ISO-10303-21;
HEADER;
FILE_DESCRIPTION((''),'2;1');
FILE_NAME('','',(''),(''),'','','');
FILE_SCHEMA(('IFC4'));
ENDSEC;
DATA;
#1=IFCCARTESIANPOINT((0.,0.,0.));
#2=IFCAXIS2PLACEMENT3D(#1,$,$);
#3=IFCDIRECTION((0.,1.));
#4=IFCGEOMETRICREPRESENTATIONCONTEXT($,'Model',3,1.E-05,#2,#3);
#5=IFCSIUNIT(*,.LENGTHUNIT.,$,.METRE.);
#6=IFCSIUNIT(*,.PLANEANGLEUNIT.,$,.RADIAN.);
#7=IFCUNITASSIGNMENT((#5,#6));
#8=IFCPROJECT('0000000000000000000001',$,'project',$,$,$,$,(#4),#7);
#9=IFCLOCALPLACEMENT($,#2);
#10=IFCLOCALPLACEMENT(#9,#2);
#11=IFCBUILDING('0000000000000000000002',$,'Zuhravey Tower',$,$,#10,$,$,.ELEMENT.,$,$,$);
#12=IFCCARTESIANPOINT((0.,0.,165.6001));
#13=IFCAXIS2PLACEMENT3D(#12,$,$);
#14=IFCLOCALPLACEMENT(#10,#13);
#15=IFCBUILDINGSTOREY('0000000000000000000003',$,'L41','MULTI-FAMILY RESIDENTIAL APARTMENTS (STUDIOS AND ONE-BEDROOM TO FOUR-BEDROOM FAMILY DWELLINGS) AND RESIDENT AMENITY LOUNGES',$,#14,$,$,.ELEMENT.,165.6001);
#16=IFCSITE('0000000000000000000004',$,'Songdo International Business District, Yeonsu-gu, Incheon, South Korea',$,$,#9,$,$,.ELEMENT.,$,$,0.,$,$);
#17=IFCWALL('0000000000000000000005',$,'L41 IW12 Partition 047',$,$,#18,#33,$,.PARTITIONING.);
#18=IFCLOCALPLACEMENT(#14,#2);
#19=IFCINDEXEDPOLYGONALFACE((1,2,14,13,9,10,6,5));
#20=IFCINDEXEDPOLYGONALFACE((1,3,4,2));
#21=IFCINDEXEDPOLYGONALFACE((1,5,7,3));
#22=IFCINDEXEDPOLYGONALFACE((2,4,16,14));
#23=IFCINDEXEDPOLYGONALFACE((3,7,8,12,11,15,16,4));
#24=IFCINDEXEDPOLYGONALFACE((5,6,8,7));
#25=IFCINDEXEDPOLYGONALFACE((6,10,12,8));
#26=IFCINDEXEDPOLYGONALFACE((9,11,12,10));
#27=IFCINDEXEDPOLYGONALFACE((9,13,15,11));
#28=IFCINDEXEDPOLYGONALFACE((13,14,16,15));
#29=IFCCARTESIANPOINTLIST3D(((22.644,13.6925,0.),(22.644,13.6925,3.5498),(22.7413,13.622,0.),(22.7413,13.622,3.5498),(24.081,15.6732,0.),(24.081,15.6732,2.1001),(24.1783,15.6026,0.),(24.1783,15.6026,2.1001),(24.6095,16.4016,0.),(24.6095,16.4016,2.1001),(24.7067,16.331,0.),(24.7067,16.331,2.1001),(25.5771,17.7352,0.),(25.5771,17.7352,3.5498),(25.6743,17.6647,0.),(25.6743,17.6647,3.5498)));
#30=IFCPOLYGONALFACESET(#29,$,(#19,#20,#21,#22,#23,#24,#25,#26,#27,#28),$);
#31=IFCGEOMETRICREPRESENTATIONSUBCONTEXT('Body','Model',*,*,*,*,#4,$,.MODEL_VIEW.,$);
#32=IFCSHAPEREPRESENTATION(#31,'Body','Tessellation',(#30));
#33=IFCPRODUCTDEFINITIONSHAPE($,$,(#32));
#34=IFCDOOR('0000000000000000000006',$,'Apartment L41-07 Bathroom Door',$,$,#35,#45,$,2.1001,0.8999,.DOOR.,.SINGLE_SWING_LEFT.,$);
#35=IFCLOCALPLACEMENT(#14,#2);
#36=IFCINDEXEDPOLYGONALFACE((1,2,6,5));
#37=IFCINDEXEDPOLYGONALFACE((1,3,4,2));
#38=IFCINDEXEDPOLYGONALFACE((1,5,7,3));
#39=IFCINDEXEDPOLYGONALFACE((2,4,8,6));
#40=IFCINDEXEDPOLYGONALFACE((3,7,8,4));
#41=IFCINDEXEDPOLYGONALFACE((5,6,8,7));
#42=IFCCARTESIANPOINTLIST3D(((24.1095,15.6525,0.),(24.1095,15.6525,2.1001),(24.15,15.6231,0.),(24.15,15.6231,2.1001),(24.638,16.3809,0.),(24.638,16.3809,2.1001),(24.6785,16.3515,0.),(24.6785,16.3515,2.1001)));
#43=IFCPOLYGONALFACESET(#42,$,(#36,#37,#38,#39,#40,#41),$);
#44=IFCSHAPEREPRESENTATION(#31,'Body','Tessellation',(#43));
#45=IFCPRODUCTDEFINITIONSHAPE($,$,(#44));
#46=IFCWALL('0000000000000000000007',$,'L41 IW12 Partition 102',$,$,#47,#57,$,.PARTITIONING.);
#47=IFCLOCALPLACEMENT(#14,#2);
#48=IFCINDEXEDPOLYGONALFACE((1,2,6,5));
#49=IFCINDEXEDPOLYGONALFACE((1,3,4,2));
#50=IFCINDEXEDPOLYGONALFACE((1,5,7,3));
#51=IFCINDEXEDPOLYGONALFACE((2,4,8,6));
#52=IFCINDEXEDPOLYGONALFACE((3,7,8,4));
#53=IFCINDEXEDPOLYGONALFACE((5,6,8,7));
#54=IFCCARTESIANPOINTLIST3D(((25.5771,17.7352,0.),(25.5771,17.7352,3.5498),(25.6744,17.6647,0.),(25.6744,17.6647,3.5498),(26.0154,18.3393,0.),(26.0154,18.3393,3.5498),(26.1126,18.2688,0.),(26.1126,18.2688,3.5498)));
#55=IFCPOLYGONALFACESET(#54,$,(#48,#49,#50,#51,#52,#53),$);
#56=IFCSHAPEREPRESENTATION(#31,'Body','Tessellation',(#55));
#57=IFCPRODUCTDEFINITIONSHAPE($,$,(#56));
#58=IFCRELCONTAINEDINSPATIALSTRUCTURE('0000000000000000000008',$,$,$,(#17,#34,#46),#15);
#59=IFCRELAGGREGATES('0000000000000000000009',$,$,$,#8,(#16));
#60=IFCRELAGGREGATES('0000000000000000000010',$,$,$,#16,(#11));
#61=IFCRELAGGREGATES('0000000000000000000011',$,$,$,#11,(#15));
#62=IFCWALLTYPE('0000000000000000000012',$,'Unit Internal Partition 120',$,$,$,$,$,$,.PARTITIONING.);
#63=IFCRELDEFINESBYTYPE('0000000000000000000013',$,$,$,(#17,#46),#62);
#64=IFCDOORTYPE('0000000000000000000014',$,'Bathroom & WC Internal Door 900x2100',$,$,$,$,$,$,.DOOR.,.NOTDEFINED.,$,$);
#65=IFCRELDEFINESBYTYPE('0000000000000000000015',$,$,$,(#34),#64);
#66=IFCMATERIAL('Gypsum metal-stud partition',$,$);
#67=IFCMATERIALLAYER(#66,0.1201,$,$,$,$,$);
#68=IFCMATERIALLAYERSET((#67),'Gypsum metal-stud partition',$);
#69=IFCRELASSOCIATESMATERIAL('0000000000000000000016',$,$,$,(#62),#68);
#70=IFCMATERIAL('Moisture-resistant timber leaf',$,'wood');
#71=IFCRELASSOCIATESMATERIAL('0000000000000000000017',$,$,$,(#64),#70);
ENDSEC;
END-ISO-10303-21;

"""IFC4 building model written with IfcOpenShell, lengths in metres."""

from ifc_helpers import new_model, si_unit, direction, frame, frame_2d, origin, place, context, subcontext, project, spatial, rectangle, extrude, material, layer, layer_set, type_object, element, fill, save


model = new_model("IFC4")

# Units and contexts
model_context = context("Model", 3, precision=1e-05, world=origin(), true_north=direction((0.0, 1.0)))
body_context = subcontext(model_context, "Body", "Model", "MODEL_VIEW")
ifc_project = project(units=[si_unit("LENGTHUNIT", "METRE"), si_unit("PLANEANGLEUNIT", "RADIAN")], contexts=[model_context])

# Site, building, storey
site_placement = place(None, origin())
site = spatial("IfcSite", under=ifc_project, at=site_placement, Name="Songdo International Business District, Yeonsu-gu, Incheon, South Korea", CompositionType="ELEMENT", RefElevation=0.0)
building_placement = place(site_placement, origin())
building = spatial("IfcBuilding", under=site, at=building_placement, Name="Zuhravey Tower", CompositionType="ELEMENT")
storey_placement = place(building_placement, frame((0.0, 0.0, 165.6001)))
storey = spatial("IfcBuildingStorey", under=building, at=storey_placement, Name="L41", Description="MULTI-FAMILY RESIDENTIAL APARTMENTS (STUDIOS AND ONE-BEDROOM TO FOUR-BEDROOM FAMILY DWELLINGS) AND RESIDENT AMENITY LOUNGES", CompositionType="ELEMENT", Elevation=165.6001)

# Wall, opening, door
ifc_material_1 = material(Name="Gypsum metal-stud partition")
ifc_layer_1 = layer(ifc_material_1, 0.1201)
ifc_layer_set_1 = layer_set([ifc_layer_1], Name="Gypsum metal-stud partition")
wall_type_1 = type_object("IfcWallType", Name="Unit Internal Partition 120", PredefinedType="PARTITIONING", material=ifc_layer_set_1)
wall_1_placement = place(storey_placement, frame((25.6257, 17.7, 0.0), z_axis=(0.0, 0.0, 1.0), x_axis=(-0.587247, -0.809408, 0.0)))
wall_1 = element("IfcWall", 1, at=wall_1_placement, inside=storey, type_object=wall_type_1, Name="L41 IW12 Partition 047", PredefinedType="PARTITIONING", context=body_context, shape_type="SweptSolid", body=[
    extrude(rectangle(XDim=4.9946, YDim=0.1201, at=frame_2d((2.4973, 0.0))), origin(), (0.0, 0.0, 1.0), 3.5498),
])
opening_1_placement = place(wall_1_placement, frame((1.6477, 0.0, 0.0)))
opening_1 = element("IfcOpeningElement", 2, at=opening_1_placement, cuts=wall_1, PredefinedType="OPENING", context=body_context, shape_type="SweptSolid", body=[
    extrude(rectangle(XDim=0.8999, YDim=2.1001, at=frame_2d((0.45, 1.05))), frame((0.0, 0.072, 0.0), z_axis=(0.0, -1.0, 0.0), x_axis=(1.0, 0.0, 0.0)), (0.0, 0.0, 1.0), 0.144),
])
ifc_material_2 = material(Name="Moisture-resistant timber leaf", Category="wood")
door_type_1 = type_object("IfcDoorType", Name="Bathroom & WC Internal Door 900x2100", OperationType="NOTDEFINED", PredefinedType="DOOR", material=ifc_material_2)
door_1_placement = place(opening_1_placement, frame((0.8999, 0.0, 0.0), z_axis=(0.0, 0.0, 1.0), x_axis=(-1.0, 0.0, 0.0)))
door_1 = element("IfcDoor", 3, at=door_1_placement, inside=storey, type_object=door_type_1, Name="Apartment L41-07 Bathroom Door", OperationType="SINGLE_SWING_LEFT", OverallHeight=2.1001, OverallWidth=0.8999, PredefinedType="DOOR", context=body_context, shape_type="SweptSolid", body=[
    extrude(rectangle(XDim=0.8999, YDim=2.1001, at=frame_2d((0.45, 1.05))), frame((0.0, 0.0249, 0.0), z_axis=(0.0, -1.0, 0.0), x_axis=(1.0, 0.0, 0.0)), (0.0, 0.0, 1.0), 0.05),
])
fill(opening_1, door_1)

# Wall
wall_2_placement = place(storey_placement, frame((26.064, 18.304, 0.0), z_axis=(0.0, 0.0, 1.0), x_axis=(-0.587257, -0.809401, 0.0)))
element("IfcWall", 4, at=wall_2_placement, inside=storey, type_object=wall_type_1, Name="L41 IW12 Partition 102", PredefinedType="PARTITIONING", context=body_context, shape_type="SweptSolid", body=[
    extrude(rectangle(XDim=0.7463, YDim=0.1201, at=frame_2d((0.373, 0.0))), origin(), (0.0, 0.0, 1.0), 3.5498),
])

save(model, "model.ifc")
